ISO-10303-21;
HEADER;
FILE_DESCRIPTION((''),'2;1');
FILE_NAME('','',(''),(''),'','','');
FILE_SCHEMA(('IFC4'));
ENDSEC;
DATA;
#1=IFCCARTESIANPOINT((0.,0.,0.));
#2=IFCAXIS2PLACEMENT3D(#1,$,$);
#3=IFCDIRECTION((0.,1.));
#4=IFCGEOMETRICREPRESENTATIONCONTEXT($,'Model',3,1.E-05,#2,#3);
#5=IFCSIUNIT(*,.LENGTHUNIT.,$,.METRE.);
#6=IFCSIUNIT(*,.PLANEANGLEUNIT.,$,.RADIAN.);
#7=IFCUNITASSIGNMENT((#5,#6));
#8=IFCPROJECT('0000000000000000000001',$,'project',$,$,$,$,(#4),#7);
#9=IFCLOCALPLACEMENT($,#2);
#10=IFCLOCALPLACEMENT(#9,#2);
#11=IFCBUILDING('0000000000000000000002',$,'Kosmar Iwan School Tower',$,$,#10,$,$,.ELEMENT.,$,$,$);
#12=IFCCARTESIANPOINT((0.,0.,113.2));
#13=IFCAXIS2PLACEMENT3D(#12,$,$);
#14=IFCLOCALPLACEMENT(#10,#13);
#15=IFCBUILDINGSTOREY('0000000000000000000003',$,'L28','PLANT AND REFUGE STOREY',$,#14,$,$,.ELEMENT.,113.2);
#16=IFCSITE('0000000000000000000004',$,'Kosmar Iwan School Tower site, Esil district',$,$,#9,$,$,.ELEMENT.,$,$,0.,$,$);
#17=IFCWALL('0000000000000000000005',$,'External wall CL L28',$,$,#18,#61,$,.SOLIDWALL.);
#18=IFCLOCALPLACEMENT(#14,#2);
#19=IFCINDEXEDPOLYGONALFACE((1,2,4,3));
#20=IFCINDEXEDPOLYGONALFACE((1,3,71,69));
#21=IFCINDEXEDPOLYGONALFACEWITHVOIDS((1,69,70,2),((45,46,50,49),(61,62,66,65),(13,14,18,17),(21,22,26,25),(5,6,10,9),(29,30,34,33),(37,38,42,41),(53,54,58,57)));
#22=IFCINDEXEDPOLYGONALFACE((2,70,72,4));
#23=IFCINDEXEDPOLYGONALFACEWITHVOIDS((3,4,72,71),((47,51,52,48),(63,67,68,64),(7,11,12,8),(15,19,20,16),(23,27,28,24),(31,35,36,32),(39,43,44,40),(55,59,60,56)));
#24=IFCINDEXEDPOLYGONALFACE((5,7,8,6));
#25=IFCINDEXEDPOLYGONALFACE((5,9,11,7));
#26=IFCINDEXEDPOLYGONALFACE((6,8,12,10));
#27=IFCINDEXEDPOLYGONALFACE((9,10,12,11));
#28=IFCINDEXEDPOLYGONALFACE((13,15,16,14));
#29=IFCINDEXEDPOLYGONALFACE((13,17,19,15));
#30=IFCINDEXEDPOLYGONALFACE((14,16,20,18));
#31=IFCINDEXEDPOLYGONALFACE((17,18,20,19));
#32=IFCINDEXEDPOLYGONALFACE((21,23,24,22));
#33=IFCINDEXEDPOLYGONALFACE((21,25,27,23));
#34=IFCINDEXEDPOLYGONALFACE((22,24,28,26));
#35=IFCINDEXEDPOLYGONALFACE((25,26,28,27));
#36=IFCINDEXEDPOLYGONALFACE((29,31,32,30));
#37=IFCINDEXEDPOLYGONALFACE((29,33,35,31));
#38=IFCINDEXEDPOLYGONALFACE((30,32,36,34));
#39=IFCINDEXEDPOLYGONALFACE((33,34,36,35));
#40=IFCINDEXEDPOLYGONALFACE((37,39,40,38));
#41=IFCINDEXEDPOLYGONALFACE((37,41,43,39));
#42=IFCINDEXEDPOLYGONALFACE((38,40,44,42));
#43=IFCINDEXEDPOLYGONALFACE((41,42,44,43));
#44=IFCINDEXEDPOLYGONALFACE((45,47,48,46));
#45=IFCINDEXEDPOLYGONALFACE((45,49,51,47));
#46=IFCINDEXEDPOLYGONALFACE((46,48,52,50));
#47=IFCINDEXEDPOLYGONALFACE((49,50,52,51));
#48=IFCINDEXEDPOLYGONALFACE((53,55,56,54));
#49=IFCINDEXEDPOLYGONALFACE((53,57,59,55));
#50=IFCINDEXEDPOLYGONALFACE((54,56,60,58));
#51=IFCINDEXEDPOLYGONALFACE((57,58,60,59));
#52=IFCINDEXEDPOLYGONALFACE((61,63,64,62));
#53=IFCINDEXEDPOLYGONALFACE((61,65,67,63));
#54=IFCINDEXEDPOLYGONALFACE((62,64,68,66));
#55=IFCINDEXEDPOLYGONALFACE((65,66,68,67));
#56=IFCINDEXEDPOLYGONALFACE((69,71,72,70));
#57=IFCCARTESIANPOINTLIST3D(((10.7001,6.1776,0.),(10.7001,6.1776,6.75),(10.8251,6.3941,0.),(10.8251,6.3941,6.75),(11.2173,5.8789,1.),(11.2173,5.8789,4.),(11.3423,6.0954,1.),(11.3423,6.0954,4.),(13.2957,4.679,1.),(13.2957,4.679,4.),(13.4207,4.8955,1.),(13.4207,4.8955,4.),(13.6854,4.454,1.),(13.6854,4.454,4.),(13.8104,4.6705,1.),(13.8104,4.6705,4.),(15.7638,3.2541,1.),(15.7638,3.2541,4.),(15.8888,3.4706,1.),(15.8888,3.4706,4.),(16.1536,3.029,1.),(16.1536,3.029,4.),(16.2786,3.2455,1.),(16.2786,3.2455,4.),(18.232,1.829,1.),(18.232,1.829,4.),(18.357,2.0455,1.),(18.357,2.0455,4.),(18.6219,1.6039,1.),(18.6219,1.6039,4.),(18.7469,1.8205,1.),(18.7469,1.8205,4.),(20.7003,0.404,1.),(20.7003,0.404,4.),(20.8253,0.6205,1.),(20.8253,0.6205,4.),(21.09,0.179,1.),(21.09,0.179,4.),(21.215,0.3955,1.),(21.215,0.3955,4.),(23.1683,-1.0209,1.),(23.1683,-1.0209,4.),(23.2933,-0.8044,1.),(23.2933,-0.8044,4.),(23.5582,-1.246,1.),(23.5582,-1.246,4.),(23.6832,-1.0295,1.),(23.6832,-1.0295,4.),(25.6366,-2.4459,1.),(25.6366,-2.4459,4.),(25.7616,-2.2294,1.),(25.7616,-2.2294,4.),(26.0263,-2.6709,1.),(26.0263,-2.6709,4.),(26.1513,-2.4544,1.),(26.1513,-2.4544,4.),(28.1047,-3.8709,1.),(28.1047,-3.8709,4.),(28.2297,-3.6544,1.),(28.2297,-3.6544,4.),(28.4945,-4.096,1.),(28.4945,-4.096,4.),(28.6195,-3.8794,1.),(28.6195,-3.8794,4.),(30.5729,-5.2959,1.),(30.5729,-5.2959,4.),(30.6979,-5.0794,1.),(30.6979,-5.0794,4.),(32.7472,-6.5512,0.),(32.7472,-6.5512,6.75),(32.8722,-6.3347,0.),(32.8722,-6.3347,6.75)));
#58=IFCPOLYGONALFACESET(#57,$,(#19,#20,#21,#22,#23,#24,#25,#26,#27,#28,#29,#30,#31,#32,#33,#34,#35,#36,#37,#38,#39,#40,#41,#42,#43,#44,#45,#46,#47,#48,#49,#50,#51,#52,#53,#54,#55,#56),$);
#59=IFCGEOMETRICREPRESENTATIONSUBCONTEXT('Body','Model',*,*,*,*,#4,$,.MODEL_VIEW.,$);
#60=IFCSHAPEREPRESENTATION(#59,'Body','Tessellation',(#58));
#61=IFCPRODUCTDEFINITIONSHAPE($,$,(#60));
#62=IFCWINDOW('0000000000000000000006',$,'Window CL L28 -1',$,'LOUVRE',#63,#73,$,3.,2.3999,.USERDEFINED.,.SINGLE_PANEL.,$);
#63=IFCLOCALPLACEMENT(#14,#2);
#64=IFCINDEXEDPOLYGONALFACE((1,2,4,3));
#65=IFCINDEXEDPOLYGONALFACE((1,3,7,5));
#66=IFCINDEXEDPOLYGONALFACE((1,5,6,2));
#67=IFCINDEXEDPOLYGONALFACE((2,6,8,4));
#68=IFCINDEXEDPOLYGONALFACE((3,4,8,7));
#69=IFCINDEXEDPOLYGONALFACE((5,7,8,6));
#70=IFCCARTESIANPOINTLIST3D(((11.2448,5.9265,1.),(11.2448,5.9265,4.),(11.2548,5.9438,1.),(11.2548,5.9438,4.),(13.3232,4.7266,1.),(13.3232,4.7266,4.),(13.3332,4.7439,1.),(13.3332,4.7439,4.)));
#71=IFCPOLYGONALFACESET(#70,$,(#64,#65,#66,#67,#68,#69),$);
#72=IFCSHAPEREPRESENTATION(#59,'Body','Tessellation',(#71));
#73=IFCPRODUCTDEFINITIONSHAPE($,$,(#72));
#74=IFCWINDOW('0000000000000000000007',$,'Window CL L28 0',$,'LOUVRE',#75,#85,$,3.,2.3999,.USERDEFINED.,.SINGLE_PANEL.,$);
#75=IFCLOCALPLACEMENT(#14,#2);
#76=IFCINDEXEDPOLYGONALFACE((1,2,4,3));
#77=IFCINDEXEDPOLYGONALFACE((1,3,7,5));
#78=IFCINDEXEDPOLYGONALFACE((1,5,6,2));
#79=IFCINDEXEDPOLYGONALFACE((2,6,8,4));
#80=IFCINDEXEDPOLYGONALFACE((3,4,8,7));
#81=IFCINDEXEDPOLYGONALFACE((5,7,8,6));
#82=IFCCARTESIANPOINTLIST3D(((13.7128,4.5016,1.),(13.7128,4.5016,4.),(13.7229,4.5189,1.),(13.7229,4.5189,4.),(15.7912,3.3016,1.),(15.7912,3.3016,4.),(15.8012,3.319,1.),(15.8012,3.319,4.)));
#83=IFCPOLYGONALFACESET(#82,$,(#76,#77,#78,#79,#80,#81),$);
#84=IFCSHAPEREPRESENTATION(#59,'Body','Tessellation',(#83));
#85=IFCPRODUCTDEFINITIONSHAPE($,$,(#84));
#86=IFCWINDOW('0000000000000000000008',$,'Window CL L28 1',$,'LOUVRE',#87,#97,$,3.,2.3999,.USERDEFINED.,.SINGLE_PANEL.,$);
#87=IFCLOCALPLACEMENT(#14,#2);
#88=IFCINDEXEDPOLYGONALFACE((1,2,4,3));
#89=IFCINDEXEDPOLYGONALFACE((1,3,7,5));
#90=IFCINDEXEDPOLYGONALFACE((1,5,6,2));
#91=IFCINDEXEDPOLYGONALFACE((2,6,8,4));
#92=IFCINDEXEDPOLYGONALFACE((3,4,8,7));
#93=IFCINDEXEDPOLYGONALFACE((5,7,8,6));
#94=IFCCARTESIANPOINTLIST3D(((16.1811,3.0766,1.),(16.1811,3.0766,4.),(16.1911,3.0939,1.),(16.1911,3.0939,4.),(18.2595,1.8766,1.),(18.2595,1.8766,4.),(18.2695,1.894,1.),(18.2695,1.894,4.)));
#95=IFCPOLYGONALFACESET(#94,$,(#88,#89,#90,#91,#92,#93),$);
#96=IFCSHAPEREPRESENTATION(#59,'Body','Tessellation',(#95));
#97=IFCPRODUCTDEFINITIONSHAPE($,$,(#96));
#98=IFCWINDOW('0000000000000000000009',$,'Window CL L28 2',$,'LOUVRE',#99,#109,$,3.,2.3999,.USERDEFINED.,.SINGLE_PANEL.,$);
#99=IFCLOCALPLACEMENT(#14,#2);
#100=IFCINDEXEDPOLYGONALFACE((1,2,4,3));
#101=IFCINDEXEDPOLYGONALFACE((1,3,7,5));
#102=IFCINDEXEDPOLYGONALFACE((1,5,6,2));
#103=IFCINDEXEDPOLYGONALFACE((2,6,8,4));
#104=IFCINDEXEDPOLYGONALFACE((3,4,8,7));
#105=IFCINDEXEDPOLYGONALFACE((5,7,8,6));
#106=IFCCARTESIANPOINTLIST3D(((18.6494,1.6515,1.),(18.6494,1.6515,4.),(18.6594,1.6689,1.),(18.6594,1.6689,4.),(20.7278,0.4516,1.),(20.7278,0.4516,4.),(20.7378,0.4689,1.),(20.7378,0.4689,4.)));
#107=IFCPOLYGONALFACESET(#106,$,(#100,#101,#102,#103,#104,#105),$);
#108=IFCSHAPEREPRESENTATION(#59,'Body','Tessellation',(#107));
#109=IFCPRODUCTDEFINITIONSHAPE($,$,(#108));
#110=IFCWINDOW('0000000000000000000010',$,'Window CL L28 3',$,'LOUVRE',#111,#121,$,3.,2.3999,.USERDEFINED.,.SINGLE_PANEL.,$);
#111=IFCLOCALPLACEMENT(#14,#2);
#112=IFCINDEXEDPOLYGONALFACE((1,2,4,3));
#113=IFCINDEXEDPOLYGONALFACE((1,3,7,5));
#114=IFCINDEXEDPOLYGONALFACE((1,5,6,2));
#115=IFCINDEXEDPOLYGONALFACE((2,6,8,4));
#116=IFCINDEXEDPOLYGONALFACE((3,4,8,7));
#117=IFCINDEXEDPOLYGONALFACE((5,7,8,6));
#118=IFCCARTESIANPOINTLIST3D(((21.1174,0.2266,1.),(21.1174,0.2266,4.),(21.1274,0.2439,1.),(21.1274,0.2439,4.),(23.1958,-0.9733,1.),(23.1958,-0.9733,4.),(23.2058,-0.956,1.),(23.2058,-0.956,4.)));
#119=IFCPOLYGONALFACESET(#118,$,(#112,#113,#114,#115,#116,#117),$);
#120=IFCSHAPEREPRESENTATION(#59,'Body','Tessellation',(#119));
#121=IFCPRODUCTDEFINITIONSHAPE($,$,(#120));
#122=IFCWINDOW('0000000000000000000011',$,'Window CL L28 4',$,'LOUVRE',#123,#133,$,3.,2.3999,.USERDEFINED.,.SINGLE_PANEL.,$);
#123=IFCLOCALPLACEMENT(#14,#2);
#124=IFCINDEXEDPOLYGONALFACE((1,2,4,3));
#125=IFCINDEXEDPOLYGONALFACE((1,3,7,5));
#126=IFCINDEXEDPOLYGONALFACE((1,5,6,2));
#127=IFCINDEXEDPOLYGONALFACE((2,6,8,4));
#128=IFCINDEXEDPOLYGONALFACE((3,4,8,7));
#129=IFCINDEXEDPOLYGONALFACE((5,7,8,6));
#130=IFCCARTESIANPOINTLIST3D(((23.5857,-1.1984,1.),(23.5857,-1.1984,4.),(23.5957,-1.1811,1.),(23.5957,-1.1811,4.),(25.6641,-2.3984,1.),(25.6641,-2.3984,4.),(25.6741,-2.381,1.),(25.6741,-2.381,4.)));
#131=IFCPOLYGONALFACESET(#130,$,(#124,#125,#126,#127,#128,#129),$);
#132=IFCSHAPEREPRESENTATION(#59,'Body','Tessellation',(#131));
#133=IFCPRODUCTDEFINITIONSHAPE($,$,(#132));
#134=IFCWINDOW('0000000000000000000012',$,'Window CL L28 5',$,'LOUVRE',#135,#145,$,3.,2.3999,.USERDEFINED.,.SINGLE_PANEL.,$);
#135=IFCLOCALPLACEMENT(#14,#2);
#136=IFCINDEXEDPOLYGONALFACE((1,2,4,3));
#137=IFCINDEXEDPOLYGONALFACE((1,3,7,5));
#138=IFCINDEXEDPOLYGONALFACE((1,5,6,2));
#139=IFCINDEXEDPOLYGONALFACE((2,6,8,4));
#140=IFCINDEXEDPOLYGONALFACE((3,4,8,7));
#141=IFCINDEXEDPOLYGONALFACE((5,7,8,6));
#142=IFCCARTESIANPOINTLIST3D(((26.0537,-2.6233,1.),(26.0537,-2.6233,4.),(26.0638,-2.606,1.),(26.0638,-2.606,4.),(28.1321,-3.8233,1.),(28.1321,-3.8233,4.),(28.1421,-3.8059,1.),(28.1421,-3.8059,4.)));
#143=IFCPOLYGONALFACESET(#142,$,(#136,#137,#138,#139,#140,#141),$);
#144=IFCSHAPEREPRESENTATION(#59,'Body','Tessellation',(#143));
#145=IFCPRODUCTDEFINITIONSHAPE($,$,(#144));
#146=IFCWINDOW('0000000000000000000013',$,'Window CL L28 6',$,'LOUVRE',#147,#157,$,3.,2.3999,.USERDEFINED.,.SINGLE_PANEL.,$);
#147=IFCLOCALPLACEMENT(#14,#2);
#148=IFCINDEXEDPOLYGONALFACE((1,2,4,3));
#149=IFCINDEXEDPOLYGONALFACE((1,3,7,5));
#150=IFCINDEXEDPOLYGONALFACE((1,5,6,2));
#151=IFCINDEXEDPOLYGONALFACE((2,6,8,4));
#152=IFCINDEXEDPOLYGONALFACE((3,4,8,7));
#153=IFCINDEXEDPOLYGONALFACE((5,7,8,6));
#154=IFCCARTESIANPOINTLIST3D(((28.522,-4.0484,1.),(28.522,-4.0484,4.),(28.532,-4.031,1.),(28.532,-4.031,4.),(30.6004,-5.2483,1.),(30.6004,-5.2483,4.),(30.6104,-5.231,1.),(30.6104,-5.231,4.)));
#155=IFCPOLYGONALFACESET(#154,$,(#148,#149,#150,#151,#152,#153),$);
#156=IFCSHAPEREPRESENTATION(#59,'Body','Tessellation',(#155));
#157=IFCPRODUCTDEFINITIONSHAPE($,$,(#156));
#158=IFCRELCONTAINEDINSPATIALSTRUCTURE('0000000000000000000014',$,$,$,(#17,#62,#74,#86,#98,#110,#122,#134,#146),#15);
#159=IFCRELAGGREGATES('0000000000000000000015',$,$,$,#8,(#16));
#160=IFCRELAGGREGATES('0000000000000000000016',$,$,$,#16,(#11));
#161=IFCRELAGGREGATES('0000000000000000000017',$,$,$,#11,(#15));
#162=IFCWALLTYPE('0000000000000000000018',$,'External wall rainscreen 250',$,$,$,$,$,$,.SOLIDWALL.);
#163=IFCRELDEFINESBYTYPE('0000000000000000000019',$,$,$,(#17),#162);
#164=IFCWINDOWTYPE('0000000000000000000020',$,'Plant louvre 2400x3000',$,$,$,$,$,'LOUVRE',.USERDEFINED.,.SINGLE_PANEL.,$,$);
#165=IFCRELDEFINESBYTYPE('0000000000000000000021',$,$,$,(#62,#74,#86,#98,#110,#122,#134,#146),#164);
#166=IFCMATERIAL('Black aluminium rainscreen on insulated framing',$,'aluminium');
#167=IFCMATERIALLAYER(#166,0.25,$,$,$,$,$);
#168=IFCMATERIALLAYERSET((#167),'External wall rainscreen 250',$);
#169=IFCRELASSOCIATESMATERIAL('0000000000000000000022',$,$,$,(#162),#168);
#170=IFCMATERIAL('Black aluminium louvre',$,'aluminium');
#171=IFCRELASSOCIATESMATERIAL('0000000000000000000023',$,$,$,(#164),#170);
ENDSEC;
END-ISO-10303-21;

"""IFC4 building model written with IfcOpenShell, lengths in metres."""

from ifc_helpers import new_model, si_unit, direction, frame, frame_2d, origin, place, context, subcontext, project, spatial, rectangle, extrude, material, layer, layer_set, type_object, element, fill, save


model = new_model("IFC4")

# Units and contexts
model_context = context("Model", 3, precision=1e-05, world=origin(), true_north=direction((0.0, 1.0)))
body_context = subcontext(model_context, "Body", "Model", "MODEL_VIEW")
ifc_project = project(units=[si_unit("LENGTHUNIT", "METRE"), si_unit("PLANEANGLEUNIT", "RADIAN")], contexts=[model_context])

# Site, building, storey
site_placement = place(None, origin())
site = spatial("IfcSite", under=ifc_project, at=site_placement, Name="Kosmar Iwan School Tower site, Esil district", CompositionType="ELEMENT", RefElevation=0.0)
building_placement = place(site_placement, origin())
building = spatial("IfcBuilding", under=site, at=building_placement, Name="Kosmar Iwan School Tower", CompositionType="ELEMENT")
storey_placement = place(building_placement, frame((0.0, 0.0, 113.2)))
storey = spatial("IfcBuildingStorey", under=building, at=storey_placement, Name="L28", Description="PLANT AND REFUGE STOREY", CompositionType="ELEMENT", Elevation=113.2)

# Wall, openings, windows
ifc_material_1 = material(Name="Black aluminium rainscreen on insulated framing", Category="aluminium")
ifc_layer = layer(ifc_material_1, 0.25)
ifc_layer_set = layer_set([ifc_layer], Name="External wall rainscreen 250")
wall_type = type_object("IfcWallType", Name="External wall rainscreen 250", PredefinedType="SOLIDWALL", material=ifc_layer_set)
wall_1_placement = place(storey_placement, frame((10.7625, 6.2859, 0.0), z_axis=(0.0, 0.0, 1.0), x_axis=(0.866028, -0.499996, 0.0)))
wall_1 = element("IfcWall", 1, at=wall_1_placement, inside=storey, type_object=wall_type, Name="External wall CL L28", PredefinedType="SOLIDWALL", context=body_context, shape_type="SweptSolid", body=[
    extrude(rectangle(XDim=25.4578, YDim=0.25, at=frame_2d((12.729, 0.0))), origin(), (0.0, 0.0, 1.0), 6.75),
])
opening_1_placement = place(wall_1_placement, frame((0.5974, 0.0, 1.0)))
opening_1 = element("IfcOpeningElement", 2, at=opening_1_placement, cuts=wall_1, PredefinedType="OPENING", context=body_context, shape_type="SweptSolid", body=[
    extrude(rectangle(XDim=2.3999, YDim=3.0, at=frame_2d((1.2, 1.5))), frame((0.0, 0.137, 0.0), z_axis=(0.0, -1.0, 0.0), x_axis=(1.0, 0.0, 0.0)), (0.0, 0.0, 1.0), 0.2739),
])
opening_2_placement = place(wall_1_placement, frame((3.4473, 0.0, 1.0)))
opening_2 = element("IfcOpeningElement", 3, at=opening_2_placement, cuts=wall_1, PredefinedType="OPENING", context=body_context, shape_type="SweptSolid", body=[
    extrude(rectangle(XDim=2.3999, YDim=3.0, at=frame_2d((1.2, 1.5))), frame((0.0, 0.137, 0.0), z_axis=(0.0, -1.0, 0.0), x_axis=(1.0, 0.0, 0.0)), (0.0, 0.0, 1.0), 0.2739),
])
opening_3_placement = place(wall_1_placement, frame((6.2974, 0.0, 1.0)))
opening_3 = element("IfcOpeningElement", 4, at=opening_3_placement, cuts=wall_1, PredefinedType="OPENING", context=body_context, shape_type="SweptSolid", body=[
    extrude(rectangle(XDim=2.3999, YDim=3.0, at=frame_2d((1.2, 1.5))), frame((0.0, 0.137, 0.0), z_axis=(0.0, -1.0, 0.0), x_axis=(1.0, 0.0, 0.0)), (0.0, 0.0, 1.0), 0.2739),
])
opening_4_placement = place(wall_1_placement, frame((9.1475, 0.0, 1.0)))
opening_4 = element("IfcOpeningElement", 5, at=opening_4_placement, cuts=wall_1, PredefinedType="OPENING", context=body_context, shape_type="SweptSolid", body=[
    extrude(rectangle(XDim=2.3999, YDim=3.0, at=frame_2d((1.2, 1.5))), frame((0.0, 0.137, 0.0), z_axis=(0.0, -1.0, 0.0), x_axis=(1.0, 0.0, 0.0)), (0.0, 0.0, 1.0), 0.2739),
])
opening_5_placement = place(wall_1_placement, frame((11.9973, 0.0, 1.0)))
opening_5 = element("IfcOpeningElement", 6, at=opening_5_placement, cuts=wall_1, PredefinedType="OPENING", context=body_context, shape_type="SweptSolid", body=[
    extrude(rectangle(XDim=2.3999, YDim=3.0, at=frame_2d((1.2, 1.5))), frame((0.0, 0.137, 0.0), z_axis=(0.0, -1.0, 0.0), x_axis=(1.0, 0.0, 0.0)), (0.0, 0.0, 1.0), 0.2739),
])
opening_6_placement = place(wall_1_placement, frame((14.8474, 0.0, 1.0)))
opening_6 = element("IfcOpeningElement", 7, at=opening_6_placement, cuts=wall_1, PredefinedType="OPENING", context=body_context, shape_type="SweptSolid", body=[
    extrude(rectangle(XDim=2.3999, YDim=3.0, at=frame_2d((1.2, 1.5))), frame((0.0, 0.137, 0.0), z_axis=(0.0, -1.0, 0.0), x_axis=(1.0, 0.0, 0.0)), (0.0, 0.0, 1.0), 0.2739),
])
opening_7_placement = place(wall_1_placement, frame((17.6973, 0.0, 1.0)))
opening_7 = element("IfcOpeningElement", 8, at=opening_7_placement, cuts=wall_1, PredefinedType="OPENING", context=body_context, shape_type="SweptSolid", body=[
    extrude(rectangle(XDim=2.3999, YDim=3.0, at=frame_2d((1.2, 1.5))), frame((0.0, 0.137, 0.0), z_axis=(0.0, -1.0, 0.0), x_axis=(1.0, 0.0, 0.0)), (0.0, 0.0, 1.0), 0.2739),
])
opening_8_placement = place(wall_1_placement, frame((20.5474, 0.0, 1.0)))
opening_8 = element("IfcOpeningElement", 9, at=opening_8_placement, cuts=wall_1, PredefinedType="OPENING", context=body_context, shape_type="SweptSolid", body=[
    extrude(rectangle(XDim=2.3999, YDim=3.0, at=frame_2d((1.2, 1.5))), frame((0.0, 0.137, 0.0), z_axis=(0.0, -1.0, 0.0), x_axis=(1.0, 0.0, 0.0)), (0.0, 0.0, 1.0), 0.2739),
])
ifc_material_2 = material(Name="Black aluminium louvre", Category="aluminium")
window_type = type_object("IfcWindowType", Name="Plant louvre 2400x3000", ElementType="LOUVRE", PartitioningType="SINGLE_PANEL", PredefinedType="USERDEFINED", material=ifc_material_2)
window_1_placement = place(opening_1_placement, origin())
window_1 = element("IfcWindow", 10, at=window_1_placement, inside=storey, type_object=window_type, Name="Window CL L28 -1", ObjectType="LOUVRE", OverallHeight=3.0, OverallWidth=2.3999, PartitioningType="SINGLE_PANEL", PredefinedType="USERDEFINED", context=body_context, shape_type="SweptSolid", body=[
    extrude(rectangle(XDim=2.3999, YDim=3.0, at=frame_2d((1.2, 1.5))), frame((0.0, -0.05, 0.0), z_axis=(0.0, -1.0, 0.0), x_axis=(1.0, 0.0, 0.0)), (0.0, 0.0, 1.0), 0.02),
])
fill(opening_1, window_1)
window_2_placement = place(opening_2_placement, origin())
window_2 = element("IfcWindow", 11, at=window_2_placement, inside=storey, type_object=window_type, Name="Window CL L28 0", ObjectType="LOUVRE", OverallHeight=3.0, OverallWidth=2.3999, PartitioningType="SINGLE_PANEL", PredefinedType="USERDEFINED", context=body_context, shape_type="SweptSolid", body=[
    extrude(rectangle(XDim=2.3999, YDim=3.0, at=frame_2d((1.2, 1.5))), frame((0.0, -0.05, 0.0), z_axis=(0.0, -1.0, 0.0), x_axis=(1.0, 0.0, 0.0)), (0.0, 0.0, 1.0), 0.02),
])
fill(opening_2, window_2)
window_3_placement = place(opening_3_placement, origin())
window_3 = element("IfcWindow", 12, at=window_3_placement, inside=storey, type_object=window_type, Name="Window CL L28 1", ObjectType="LOUVRE", OverallHeight=3.0, OverallWidth=2.3999, PartitioningType="SINGLE_PANEL", PredefinedType="USERDEFINED", context=body_context, shape_type="SweptSolid", body=[
    extrude(rectangle(XDim=2.3999, YDim=3.0, at=frame_2d((1.2, 1.5))), frame((0.0, -0.05, 0.0), z_axis=(0.0, -1.0, 0.0), x_axis=(1.0, 0.0, 0.0)), (0.0, 0.0, 1.0), 0.02),
])
fill(opening_3, window_3)
window_4_placement = place(opening_4_placement, origin())
window_4 = element("IfcWindow", 13, at=window_4_placement, inside=storey, type_object=window_type, Name="Window CL L28 2", ObjectType="LOUVRE", OverallHeight=3.0, OverallWidth=2.3999, PartitioningType="SINGLE_PANEL", PredefinedType="USERDEFINED", context=body_context, shape_type="SweptSolid", body=[
    extrude(rectangle(XDim=2.3999, YDim=3.0, at=frame_2d((1.2, 1.5))), frame((0.0, -0.05, 0.0), z_axis=(0.0, -1.0, 0.0), x_axis=(1.0, 0.0, 0.0)), (0.0, 0.0, 1.0), 0.02),
])
fill(opening_4, window_4)
window_5_placement = place(opening_5_placement, origin())
window_5 = element("IfcWindow", 14, at=window_5_placement, inside=storey, type_object=window_type, Name="Window CL L28 3", ObjectType="LOUVRE", OverallHeight=3.0, OverallWidth=2.3999, PartitioningType="SINGLE_PANEL", PredefinedType="USERDEFINED", context=body_context, shape_type="SweptSolid", body=[
    extrude(rectangle(XDim=2.3999, YDim=3.0, at=frame_2d((1.2, 1.5))), frame((0.0, -0.05, 0.0), z_axis=(0.0, -1.0, 0.0), x_axis=(1.0, 0.0, 0.0)), (0.0, 0.0, 1.0), 0.02),
])
fill(opening_5, window_5)
window_6_placement = place(opening_6_placement, origin())
window_6 = element("IfcWindow", 15, at=window_6_placement, inside=storey, type_object=window_type, Name="Window CL L28 4", ObjectType="LOUVRE", OverallHeight=3.0, OverallWidth=2.3999, PartitioningType="SINGLE_PANEL", PredefinedType="USERDEFINED", context=body_context, shape_type="SweptSolid", body=[
    extrude(rectangle(XDim=2.3999, YDim=3.0, at=frame_2d((1.2, 1.5))), frame((0.0, -0.05, 0.0), z_axis=(0.0, -1.0, 0.0), x_axis=(1.0, 0.0, 0.0)), (0.0, 0.0, 1.0), 0.02),
])
fill(opening_6, window_6)
window_7_placement = place(opening_7_placement, origin())
window_7 = element("IfcWindow", 16, at=window_7_placement, inside=storey, type_object=window_type, Name="Window CL L28 5", ObjectType="LOUVRE", OverallHeight=3.0, OverallWidth=2.3999, PartitioningType="SINGLE_PANEL", PredefinedType="USERDEFINED", context=body_context, shape_type="SweptSolid", body=[
    extrude(rectangle(XDim=2.3999, YDim=3.0, at=frame_2d((1.2, 1.5))), frame((0.0, -0.05, 0.0), z_axis=(0.0, -1.0, 0.0), x_axis=(1.0, 0.0, 0.0)), (0.0, 0.0, 1.0), 0.02),
])
fill(opening_7, window_7)
window_8_placement = place(opening_8_placement, origin())
window_8 = element("IfcWindow", 17, at=window_8_placement, inside=storey, type_object=window_type, Name="Window CL L28 6", ObjectType="LOUVRE", OverallHeight=3.0, OverallWidth=2.3999, PartitioningType="SINGLE_PANEL", PredefinedType="USERDEFINED", context=body_context, shape_type="SweptSolid", body=[
    extrude(rectangle(XDim=2.3999, YDim=3.0, at=frame_2d((1.2, 1.5))), frame((0.0, -0.05, 0.0), z_axis=(0.0, -1.0, 0.0), x_axis=(1.0, 0.0, 0.0)), (0.0, 0.0, 1.0), 0.02),
])
fill(opening_8, window_8)

save(model, "model.ifc")
